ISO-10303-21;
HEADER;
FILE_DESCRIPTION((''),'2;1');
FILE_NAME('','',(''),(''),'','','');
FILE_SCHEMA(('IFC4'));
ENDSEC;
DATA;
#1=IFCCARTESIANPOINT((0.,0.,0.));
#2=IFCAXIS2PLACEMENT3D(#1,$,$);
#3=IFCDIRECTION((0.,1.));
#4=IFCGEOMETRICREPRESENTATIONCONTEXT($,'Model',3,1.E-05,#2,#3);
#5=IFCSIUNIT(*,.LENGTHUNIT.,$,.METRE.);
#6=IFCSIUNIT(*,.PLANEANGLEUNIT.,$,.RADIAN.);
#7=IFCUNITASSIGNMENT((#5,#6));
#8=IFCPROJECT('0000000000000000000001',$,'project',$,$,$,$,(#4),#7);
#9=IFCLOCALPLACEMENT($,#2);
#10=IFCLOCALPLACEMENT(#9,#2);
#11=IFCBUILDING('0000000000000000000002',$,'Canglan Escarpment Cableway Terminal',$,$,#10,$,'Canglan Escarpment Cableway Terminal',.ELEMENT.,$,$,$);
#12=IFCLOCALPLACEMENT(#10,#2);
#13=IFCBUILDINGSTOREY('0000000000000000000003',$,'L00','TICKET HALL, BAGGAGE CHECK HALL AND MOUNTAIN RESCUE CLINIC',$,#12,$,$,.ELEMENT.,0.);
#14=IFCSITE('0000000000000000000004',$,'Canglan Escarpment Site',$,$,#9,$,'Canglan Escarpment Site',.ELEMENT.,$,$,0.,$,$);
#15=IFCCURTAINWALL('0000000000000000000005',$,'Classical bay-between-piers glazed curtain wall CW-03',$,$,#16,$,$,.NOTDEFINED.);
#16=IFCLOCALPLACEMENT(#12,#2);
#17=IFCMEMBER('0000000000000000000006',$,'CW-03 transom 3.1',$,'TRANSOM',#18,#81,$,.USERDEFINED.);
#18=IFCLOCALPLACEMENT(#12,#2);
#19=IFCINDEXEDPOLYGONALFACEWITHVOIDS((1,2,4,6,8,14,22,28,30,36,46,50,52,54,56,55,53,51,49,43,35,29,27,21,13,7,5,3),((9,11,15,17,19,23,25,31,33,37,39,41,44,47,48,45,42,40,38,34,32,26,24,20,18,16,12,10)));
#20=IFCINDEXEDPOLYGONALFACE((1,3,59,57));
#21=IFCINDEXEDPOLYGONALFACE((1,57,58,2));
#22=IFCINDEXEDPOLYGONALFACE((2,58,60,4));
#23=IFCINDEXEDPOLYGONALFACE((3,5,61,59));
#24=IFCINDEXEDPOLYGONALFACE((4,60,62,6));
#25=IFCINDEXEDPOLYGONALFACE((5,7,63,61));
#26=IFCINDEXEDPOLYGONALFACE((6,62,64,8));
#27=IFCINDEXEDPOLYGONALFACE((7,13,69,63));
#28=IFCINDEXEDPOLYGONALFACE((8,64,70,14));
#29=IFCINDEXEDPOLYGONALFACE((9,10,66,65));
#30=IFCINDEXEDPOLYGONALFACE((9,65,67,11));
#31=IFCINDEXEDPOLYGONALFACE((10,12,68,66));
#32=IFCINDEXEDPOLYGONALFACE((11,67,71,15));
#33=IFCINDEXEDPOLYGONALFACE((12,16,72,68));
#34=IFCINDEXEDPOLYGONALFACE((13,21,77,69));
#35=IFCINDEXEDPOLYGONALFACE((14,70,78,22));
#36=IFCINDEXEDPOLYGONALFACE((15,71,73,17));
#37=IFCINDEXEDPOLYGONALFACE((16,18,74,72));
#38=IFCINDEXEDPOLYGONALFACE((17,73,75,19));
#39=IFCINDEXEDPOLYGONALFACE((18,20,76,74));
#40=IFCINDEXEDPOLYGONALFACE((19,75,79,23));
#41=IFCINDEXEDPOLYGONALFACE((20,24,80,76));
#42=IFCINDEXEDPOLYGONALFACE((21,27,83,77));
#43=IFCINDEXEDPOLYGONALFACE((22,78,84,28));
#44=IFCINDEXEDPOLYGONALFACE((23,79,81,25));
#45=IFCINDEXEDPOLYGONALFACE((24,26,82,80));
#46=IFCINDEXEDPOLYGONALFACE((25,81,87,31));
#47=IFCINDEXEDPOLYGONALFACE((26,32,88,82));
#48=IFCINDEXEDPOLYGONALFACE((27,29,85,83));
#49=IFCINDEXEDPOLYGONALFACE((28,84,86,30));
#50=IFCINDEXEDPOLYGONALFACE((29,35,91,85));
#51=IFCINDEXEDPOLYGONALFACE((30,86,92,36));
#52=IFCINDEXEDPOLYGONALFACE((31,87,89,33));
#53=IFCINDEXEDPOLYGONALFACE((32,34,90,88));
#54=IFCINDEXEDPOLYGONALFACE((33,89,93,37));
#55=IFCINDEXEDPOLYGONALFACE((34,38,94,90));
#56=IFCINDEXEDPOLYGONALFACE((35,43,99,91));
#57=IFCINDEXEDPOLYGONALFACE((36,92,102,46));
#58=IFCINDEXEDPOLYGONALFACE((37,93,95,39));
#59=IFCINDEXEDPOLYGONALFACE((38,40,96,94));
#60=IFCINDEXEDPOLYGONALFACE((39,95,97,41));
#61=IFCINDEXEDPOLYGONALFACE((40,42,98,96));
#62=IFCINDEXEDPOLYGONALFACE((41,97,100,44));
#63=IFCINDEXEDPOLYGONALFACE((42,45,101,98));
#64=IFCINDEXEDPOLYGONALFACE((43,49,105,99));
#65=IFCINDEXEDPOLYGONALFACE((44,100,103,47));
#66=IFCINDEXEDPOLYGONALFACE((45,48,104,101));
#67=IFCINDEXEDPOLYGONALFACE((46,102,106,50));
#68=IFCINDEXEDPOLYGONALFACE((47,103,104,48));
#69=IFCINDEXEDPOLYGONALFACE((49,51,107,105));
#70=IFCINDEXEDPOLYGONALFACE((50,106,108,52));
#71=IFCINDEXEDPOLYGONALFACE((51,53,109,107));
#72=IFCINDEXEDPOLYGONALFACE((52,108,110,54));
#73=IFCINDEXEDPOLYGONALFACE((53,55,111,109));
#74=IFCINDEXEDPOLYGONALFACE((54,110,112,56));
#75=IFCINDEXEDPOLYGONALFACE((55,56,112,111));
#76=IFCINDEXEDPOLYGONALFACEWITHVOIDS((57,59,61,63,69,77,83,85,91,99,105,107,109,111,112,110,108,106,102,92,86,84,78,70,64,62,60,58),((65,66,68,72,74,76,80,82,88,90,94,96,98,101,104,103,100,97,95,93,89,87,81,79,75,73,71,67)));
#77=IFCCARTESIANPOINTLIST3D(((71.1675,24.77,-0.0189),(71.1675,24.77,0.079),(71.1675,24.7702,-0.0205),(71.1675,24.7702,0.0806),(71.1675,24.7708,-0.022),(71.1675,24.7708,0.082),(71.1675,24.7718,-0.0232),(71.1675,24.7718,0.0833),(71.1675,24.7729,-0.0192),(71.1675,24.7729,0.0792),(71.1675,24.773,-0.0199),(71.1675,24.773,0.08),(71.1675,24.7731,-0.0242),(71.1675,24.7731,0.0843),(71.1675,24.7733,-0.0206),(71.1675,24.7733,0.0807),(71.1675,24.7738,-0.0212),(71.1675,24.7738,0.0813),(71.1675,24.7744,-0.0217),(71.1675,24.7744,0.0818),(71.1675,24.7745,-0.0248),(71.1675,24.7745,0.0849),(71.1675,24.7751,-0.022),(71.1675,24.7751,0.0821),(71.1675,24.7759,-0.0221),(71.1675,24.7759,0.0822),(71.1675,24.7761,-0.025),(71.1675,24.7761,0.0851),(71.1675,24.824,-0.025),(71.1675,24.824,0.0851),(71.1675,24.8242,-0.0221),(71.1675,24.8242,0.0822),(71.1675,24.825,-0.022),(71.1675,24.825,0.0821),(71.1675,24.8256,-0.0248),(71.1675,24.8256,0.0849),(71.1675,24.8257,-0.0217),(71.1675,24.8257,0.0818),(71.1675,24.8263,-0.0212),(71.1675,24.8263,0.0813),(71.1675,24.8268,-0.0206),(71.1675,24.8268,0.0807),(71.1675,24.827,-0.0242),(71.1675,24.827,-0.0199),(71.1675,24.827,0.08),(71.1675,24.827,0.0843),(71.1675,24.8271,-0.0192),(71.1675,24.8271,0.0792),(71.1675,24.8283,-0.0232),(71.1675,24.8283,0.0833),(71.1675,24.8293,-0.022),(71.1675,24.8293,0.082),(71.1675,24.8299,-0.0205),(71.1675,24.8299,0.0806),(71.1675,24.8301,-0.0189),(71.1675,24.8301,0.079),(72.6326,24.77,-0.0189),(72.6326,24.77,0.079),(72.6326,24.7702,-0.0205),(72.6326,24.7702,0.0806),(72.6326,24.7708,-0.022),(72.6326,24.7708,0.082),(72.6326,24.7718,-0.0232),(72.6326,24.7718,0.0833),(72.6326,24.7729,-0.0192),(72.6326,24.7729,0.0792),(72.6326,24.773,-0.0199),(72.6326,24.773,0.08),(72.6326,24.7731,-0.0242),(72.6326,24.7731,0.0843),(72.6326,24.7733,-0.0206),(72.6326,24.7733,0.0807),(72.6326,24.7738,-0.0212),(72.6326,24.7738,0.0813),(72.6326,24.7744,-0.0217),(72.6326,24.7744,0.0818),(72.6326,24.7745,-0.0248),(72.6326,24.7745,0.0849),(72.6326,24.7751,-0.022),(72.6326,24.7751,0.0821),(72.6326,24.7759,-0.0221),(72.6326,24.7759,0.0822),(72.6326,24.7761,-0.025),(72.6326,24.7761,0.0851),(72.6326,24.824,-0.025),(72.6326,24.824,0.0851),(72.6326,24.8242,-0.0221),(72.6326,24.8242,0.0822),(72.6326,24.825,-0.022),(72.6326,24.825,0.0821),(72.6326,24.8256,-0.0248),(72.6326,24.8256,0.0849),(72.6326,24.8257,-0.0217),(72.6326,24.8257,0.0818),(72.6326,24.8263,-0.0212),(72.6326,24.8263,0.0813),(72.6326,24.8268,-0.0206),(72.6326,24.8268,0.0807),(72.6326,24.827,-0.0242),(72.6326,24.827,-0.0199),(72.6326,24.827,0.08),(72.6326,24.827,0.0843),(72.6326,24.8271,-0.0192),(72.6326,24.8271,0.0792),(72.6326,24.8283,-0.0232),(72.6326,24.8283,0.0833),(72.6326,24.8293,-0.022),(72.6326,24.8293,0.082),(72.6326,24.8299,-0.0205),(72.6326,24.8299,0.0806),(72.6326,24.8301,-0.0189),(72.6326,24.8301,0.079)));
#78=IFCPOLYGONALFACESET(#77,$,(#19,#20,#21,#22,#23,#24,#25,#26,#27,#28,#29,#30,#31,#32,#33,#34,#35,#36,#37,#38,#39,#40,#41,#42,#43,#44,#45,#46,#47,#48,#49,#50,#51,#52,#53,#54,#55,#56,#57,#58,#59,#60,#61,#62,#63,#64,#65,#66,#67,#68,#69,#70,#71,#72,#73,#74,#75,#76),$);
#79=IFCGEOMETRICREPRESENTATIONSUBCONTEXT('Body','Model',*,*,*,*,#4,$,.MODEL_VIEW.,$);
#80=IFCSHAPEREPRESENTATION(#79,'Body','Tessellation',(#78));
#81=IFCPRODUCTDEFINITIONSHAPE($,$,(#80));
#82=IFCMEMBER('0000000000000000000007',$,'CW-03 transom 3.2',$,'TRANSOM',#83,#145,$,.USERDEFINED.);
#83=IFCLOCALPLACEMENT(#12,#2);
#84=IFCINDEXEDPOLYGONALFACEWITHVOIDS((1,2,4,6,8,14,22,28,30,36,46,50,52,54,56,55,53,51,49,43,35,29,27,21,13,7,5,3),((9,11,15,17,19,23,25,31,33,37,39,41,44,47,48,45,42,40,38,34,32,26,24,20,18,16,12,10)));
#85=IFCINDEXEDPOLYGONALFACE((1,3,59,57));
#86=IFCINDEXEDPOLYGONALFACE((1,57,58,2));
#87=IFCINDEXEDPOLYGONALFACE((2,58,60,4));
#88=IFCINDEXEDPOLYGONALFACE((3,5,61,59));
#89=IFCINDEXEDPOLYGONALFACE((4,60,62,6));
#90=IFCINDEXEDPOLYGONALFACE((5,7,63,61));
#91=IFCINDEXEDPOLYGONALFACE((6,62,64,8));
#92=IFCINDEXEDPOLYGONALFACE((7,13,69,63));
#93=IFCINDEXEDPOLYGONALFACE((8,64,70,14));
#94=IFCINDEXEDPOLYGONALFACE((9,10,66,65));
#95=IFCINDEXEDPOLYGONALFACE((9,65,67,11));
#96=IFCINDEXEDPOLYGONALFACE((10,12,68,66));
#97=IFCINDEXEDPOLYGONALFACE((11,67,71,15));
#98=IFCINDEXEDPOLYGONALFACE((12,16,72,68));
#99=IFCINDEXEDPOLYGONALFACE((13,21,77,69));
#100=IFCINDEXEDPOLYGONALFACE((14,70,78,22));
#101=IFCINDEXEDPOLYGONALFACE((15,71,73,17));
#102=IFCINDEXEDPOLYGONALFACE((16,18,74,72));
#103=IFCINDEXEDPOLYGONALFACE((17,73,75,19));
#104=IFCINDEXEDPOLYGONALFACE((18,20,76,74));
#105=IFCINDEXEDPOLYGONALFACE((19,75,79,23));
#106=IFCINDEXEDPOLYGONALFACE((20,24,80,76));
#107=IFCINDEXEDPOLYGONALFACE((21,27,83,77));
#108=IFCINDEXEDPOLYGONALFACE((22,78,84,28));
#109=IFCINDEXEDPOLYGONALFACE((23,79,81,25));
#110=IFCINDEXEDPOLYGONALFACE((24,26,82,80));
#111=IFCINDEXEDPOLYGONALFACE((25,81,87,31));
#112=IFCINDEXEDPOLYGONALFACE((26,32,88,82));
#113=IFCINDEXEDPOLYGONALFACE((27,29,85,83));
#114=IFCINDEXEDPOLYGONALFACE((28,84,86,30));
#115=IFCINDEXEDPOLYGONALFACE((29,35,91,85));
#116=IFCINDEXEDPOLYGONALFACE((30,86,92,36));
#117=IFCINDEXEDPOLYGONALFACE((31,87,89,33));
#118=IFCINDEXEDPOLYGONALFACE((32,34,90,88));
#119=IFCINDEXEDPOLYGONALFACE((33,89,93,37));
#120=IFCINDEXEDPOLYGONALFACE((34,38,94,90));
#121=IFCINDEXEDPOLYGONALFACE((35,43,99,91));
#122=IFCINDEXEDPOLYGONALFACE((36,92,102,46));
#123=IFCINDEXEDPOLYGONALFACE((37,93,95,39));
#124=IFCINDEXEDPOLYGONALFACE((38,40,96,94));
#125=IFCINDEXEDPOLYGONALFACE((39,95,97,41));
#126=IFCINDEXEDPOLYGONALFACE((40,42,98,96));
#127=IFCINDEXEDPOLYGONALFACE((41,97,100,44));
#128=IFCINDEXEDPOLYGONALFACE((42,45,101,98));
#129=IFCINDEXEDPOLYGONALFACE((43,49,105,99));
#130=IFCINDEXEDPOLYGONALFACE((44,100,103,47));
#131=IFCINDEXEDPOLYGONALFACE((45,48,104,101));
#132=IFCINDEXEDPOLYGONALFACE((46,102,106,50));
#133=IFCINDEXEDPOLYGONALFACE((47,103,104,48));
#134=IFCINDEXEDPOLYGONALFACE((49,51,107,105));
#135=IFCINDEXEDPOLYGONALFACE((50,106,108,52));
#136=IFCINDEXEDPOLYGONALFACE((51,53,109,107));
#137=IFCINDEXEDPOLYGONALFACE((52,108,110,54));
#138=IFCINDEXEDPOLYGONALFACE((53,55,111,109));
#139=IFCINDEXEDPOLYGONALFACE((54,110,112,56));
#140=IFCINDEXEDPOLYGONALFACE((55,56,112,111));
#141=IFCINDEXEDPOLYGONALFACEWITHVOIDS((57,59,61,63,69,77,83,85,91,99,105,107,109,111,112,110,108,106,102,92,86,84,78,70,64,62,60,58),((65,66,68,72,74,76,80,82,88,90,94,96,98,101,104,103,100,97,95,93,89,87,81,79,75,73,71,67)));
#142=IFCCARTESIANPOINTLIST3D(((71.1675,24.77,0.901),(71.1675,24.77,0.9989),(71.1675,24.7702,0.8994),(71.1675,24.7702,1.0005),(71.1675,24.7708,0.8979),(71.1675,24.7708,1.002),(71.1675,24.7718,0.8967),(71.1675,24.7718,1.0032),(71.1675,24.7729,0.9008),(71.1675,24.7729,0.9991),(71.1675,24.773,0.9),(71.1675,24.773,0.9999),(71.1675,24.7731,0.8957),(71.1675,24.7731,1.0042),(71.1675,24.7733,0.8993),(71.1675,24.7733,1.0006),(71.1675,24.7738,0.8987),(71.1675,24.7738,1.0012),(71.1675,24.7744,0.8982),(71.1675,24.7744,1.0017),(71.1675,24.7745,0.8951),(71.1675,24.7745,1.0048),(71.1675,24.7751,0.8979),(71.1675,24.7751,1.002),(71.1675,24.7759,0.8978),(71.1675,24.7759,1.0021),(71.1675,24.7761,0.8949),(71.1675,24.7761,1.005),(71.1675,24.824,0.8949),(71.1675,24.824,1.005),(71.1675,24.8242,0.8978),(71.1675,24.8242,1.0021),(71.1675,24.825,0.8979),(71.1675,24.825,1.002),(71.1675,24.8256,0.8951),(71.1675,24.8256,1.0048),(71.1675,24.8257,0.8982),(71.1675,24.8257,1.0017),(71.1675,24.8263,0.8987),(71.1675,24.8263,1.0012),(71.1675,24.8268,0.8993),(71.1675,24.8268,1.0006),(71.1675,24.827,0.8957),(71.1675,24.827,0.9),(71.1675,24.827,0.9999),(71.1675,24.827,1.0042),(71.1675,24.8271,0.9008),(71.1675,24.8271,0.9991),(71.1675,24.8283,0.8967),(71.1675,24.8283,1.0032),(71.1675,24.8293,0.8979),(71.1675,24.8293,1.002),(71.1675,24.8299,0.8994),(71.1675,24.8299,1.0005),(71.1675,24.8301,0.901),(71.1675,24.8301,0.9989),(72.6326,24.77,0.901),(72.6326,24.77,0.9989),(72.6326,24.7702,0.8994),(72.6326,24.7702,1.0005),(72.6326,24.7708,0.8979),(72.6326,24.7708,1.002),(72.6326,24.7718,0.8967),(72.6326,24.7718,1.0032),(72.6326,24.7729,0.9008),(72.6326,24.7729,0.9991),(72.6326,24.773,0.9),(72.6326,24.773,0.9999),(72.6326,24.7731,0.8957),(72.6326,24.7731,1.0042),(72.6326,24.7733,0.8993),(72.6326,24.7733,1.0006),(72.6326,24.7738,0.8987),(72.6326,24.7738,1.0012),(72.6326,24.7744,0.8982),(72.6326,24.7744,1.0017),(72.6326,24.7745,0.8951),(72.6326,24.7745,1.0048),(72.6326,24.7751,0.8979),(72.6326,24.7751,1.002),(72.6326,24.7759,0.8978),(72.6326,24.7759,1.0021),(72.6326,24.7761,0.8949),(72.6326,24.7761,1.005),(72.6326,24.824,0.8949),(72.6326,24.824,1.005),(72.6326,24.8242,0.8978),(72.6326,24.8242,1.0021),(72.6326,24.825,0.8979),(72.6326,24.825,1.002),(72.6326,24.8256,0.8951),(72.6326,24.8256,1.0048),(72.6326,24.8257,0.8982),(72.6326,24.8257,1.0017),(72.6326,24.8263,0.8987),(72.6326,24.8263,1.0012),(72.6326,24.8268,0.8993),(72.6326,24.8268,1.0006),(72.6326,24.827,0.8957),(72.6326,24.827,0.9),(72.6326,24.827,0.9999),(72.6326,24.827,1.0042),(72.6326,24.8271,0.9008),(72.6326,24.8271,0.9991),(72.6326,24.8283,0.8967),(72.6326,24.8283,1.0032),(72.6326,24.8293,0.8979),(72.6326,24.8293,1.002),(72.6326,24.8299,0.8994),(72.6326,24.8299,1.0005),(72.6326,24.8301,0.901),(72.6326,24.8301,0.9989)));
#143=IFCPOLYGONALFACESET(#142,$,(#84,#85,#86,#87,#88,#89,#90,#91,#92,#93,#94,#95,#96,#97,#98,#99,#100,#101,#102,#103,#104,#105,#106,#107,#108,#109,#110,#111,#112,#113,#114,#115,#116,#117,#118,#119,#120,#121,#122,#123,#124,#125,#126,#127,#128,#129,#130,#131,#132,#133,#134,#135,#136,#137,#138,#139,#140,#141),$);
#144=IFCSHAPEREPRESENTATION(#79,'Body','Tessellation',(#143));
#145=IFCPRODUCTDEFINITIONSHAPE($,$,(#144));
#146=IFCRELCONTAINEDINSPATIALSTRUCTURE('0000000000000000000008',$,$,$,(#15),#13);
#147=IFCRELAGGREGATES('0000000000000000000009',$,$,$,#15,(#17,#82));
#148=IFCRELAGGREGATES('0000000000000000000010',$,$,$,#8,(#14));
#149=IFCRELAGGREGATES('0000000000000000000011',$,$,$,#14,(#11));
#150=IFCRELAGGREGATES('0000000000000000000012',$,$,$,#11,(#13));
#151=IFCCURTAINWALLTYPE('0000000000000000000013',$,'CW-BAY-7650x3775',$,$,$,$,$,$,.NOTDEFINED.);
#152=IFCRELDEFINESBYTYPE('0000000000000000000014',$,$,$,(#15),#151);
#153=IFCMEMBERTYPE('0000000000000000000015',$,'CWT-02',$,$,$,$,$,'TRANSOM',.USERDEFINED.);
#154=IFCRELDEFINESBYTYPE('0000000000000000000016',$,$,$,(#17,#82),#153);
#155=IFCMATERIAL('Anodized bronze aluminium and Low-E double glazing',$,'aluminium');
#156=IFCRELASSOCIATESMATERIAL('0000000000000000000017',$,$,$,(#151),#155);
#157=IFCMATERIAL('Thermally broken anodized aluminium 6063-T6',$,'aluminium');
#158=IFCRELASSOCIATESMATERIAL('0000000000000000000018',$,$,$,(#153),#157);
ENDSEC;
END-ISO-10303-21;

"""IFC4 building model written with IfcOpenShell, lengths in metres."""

from ifc_helpers import new_model, si_unit, direction, frame, origin, origin_2d, place, context, subcontext, project, spatial, hollow_rectangle, extrude, material, material_profile, profile_set, type_object, element, aggregate, save


model = new_model("IFC4")

# Units and contexts
model_context = context("Model", 3, precision=1e-05, world=origin(), true_north=direction((0.0, 1.0)))
body_context = subcontext(model_context, "Body", "Model", "MODEL_VIEW")
ifc_project = project(units=[si_unit("LENGTHUNIT", "METRE"), si_unit("PLANEANGLEUNIT", "RADIAN")], contexts=[model_context])

# Site, building, storey
site_placement = place(None, origin())
site = spatial("IfcSite", under=ifc_project, at=site_placement, Name="Canglan Escarpment Site", LongName="Canglan Escarpment Site", CompositionType="ELEMENT", RefElevation=0.0)
building_placement = place(site_placement, origin())
building = spatial("IfcBuilding", under=site, at=building_placement, Name="Canglan Escarpment Cableway Terminal", LongName="Canglan Escarpment Cableway Terminal", CompositionType="ELEMENT")
storey_placement = place(building_placement, origin())
storey = spatial("IfcBuildingStorey", under=building, at=storey_placement, Name="L00", Description="TICKET HALL, BAGGAGE CHECK HALL AND MOUNTAIN RESCUE CLINIC", CompositionType="ELEMENT", Elevation=0.0)

# Curtain wall, members
ifc_material_1 = material(Name="Anodized bronze aluminium and Low-E double glazing", Category="aluminium")
curtain_wall_type = type_object("IfcCurtainWallType", Name="CW-BAY-7650x3775", PredefinedType="NOTDEFINED", material=ifc_material_1)
curtain_wall_placement = place(storey_placement, origin())
curtain_wall = element("IfcCurtainWall", 1, at=curtain_wall_placement, inside=storey, type_object=curtain_wall_type, Name="Classical bay-between-piers glazed curtain wall CW-03", PredefinedType="NOTDEFINED")
ifc_material_2 = material(Name="Thermally broken anodized aluminium 6063-T6", Category="aluminium")
ifc_material_profile_1 = material_profile(ifc_material_2, hollow_rectangle(XDim=0.0601, YDim=0.1101, WallThickness=0.0029, InnerFilletRadius=0.0029, OuterFilletRadius=0.0061, at=origin_2d()), Name="ALU-TRAN 60x110x3")
ifc_profile_set_1 = profile_set([ifc_material_profile_1], Name="Thermally broken anodized aluminium 6063-T6")
member_type_1 = type_object("IfcMemberType", Name="CWT-02", ElementType="TRANSOM", PredefinedType="USERDEFINED", material=ifc_profile_set_1)
member_1_placement = place(storey_placement, frame((72.6326, 24.8, 0.03), z_axis=(-1.0, 0.0, 0.0), x_axis=(0.0, -1.0, 0.0)))
member_1 = element("IfcMember", 2, at=member_1_placement, type_object=member_type_1, Name="CW-03 transom 3.1", ObjectType="TRANSOM", PredefinedType="USERDEFINED", context=body_context, shape_type="SweptSolid", body=[
    extrude(hollow_rectangle(XDim=0.0601, YDim=0.1101, WallThickness=0.0029, InnerFilletRadius=0.0029, OuterFilletRadius=0.0061, at=origin_2d()), origin(), (0.0, 0.0, 1.0), 1.4651),
])
member_2_placement = place(storey_placement, frame((72.6326, 24.8, 0.95), z_axis=(-1.0, 0.0, 0.0), x_axis=(0.0, -1.0, 0.0)))
member_2 = element("IfcMember", 3, at=member_2_placement, type_object=member_type_1, Name="CW-03 transom 3.2", ObjectType="TRANSOM", PredefinedType="USERDEFINED", context=body_context, shape_type="SweptSolid", body=[
    extrude(hollow_rectangle(XDim=0.0601, YDim=0.1101, WallThickness=0.0029, InnerFilletRadius=0.0029, OuterFilletRadius=0.0061, at=origin_2d()), origin(), (0.0, 0.0, 1.0), 1.4651),
])
aggregate(curtain_wall, [member_1, member_2])

save(model, "model.ifc")
